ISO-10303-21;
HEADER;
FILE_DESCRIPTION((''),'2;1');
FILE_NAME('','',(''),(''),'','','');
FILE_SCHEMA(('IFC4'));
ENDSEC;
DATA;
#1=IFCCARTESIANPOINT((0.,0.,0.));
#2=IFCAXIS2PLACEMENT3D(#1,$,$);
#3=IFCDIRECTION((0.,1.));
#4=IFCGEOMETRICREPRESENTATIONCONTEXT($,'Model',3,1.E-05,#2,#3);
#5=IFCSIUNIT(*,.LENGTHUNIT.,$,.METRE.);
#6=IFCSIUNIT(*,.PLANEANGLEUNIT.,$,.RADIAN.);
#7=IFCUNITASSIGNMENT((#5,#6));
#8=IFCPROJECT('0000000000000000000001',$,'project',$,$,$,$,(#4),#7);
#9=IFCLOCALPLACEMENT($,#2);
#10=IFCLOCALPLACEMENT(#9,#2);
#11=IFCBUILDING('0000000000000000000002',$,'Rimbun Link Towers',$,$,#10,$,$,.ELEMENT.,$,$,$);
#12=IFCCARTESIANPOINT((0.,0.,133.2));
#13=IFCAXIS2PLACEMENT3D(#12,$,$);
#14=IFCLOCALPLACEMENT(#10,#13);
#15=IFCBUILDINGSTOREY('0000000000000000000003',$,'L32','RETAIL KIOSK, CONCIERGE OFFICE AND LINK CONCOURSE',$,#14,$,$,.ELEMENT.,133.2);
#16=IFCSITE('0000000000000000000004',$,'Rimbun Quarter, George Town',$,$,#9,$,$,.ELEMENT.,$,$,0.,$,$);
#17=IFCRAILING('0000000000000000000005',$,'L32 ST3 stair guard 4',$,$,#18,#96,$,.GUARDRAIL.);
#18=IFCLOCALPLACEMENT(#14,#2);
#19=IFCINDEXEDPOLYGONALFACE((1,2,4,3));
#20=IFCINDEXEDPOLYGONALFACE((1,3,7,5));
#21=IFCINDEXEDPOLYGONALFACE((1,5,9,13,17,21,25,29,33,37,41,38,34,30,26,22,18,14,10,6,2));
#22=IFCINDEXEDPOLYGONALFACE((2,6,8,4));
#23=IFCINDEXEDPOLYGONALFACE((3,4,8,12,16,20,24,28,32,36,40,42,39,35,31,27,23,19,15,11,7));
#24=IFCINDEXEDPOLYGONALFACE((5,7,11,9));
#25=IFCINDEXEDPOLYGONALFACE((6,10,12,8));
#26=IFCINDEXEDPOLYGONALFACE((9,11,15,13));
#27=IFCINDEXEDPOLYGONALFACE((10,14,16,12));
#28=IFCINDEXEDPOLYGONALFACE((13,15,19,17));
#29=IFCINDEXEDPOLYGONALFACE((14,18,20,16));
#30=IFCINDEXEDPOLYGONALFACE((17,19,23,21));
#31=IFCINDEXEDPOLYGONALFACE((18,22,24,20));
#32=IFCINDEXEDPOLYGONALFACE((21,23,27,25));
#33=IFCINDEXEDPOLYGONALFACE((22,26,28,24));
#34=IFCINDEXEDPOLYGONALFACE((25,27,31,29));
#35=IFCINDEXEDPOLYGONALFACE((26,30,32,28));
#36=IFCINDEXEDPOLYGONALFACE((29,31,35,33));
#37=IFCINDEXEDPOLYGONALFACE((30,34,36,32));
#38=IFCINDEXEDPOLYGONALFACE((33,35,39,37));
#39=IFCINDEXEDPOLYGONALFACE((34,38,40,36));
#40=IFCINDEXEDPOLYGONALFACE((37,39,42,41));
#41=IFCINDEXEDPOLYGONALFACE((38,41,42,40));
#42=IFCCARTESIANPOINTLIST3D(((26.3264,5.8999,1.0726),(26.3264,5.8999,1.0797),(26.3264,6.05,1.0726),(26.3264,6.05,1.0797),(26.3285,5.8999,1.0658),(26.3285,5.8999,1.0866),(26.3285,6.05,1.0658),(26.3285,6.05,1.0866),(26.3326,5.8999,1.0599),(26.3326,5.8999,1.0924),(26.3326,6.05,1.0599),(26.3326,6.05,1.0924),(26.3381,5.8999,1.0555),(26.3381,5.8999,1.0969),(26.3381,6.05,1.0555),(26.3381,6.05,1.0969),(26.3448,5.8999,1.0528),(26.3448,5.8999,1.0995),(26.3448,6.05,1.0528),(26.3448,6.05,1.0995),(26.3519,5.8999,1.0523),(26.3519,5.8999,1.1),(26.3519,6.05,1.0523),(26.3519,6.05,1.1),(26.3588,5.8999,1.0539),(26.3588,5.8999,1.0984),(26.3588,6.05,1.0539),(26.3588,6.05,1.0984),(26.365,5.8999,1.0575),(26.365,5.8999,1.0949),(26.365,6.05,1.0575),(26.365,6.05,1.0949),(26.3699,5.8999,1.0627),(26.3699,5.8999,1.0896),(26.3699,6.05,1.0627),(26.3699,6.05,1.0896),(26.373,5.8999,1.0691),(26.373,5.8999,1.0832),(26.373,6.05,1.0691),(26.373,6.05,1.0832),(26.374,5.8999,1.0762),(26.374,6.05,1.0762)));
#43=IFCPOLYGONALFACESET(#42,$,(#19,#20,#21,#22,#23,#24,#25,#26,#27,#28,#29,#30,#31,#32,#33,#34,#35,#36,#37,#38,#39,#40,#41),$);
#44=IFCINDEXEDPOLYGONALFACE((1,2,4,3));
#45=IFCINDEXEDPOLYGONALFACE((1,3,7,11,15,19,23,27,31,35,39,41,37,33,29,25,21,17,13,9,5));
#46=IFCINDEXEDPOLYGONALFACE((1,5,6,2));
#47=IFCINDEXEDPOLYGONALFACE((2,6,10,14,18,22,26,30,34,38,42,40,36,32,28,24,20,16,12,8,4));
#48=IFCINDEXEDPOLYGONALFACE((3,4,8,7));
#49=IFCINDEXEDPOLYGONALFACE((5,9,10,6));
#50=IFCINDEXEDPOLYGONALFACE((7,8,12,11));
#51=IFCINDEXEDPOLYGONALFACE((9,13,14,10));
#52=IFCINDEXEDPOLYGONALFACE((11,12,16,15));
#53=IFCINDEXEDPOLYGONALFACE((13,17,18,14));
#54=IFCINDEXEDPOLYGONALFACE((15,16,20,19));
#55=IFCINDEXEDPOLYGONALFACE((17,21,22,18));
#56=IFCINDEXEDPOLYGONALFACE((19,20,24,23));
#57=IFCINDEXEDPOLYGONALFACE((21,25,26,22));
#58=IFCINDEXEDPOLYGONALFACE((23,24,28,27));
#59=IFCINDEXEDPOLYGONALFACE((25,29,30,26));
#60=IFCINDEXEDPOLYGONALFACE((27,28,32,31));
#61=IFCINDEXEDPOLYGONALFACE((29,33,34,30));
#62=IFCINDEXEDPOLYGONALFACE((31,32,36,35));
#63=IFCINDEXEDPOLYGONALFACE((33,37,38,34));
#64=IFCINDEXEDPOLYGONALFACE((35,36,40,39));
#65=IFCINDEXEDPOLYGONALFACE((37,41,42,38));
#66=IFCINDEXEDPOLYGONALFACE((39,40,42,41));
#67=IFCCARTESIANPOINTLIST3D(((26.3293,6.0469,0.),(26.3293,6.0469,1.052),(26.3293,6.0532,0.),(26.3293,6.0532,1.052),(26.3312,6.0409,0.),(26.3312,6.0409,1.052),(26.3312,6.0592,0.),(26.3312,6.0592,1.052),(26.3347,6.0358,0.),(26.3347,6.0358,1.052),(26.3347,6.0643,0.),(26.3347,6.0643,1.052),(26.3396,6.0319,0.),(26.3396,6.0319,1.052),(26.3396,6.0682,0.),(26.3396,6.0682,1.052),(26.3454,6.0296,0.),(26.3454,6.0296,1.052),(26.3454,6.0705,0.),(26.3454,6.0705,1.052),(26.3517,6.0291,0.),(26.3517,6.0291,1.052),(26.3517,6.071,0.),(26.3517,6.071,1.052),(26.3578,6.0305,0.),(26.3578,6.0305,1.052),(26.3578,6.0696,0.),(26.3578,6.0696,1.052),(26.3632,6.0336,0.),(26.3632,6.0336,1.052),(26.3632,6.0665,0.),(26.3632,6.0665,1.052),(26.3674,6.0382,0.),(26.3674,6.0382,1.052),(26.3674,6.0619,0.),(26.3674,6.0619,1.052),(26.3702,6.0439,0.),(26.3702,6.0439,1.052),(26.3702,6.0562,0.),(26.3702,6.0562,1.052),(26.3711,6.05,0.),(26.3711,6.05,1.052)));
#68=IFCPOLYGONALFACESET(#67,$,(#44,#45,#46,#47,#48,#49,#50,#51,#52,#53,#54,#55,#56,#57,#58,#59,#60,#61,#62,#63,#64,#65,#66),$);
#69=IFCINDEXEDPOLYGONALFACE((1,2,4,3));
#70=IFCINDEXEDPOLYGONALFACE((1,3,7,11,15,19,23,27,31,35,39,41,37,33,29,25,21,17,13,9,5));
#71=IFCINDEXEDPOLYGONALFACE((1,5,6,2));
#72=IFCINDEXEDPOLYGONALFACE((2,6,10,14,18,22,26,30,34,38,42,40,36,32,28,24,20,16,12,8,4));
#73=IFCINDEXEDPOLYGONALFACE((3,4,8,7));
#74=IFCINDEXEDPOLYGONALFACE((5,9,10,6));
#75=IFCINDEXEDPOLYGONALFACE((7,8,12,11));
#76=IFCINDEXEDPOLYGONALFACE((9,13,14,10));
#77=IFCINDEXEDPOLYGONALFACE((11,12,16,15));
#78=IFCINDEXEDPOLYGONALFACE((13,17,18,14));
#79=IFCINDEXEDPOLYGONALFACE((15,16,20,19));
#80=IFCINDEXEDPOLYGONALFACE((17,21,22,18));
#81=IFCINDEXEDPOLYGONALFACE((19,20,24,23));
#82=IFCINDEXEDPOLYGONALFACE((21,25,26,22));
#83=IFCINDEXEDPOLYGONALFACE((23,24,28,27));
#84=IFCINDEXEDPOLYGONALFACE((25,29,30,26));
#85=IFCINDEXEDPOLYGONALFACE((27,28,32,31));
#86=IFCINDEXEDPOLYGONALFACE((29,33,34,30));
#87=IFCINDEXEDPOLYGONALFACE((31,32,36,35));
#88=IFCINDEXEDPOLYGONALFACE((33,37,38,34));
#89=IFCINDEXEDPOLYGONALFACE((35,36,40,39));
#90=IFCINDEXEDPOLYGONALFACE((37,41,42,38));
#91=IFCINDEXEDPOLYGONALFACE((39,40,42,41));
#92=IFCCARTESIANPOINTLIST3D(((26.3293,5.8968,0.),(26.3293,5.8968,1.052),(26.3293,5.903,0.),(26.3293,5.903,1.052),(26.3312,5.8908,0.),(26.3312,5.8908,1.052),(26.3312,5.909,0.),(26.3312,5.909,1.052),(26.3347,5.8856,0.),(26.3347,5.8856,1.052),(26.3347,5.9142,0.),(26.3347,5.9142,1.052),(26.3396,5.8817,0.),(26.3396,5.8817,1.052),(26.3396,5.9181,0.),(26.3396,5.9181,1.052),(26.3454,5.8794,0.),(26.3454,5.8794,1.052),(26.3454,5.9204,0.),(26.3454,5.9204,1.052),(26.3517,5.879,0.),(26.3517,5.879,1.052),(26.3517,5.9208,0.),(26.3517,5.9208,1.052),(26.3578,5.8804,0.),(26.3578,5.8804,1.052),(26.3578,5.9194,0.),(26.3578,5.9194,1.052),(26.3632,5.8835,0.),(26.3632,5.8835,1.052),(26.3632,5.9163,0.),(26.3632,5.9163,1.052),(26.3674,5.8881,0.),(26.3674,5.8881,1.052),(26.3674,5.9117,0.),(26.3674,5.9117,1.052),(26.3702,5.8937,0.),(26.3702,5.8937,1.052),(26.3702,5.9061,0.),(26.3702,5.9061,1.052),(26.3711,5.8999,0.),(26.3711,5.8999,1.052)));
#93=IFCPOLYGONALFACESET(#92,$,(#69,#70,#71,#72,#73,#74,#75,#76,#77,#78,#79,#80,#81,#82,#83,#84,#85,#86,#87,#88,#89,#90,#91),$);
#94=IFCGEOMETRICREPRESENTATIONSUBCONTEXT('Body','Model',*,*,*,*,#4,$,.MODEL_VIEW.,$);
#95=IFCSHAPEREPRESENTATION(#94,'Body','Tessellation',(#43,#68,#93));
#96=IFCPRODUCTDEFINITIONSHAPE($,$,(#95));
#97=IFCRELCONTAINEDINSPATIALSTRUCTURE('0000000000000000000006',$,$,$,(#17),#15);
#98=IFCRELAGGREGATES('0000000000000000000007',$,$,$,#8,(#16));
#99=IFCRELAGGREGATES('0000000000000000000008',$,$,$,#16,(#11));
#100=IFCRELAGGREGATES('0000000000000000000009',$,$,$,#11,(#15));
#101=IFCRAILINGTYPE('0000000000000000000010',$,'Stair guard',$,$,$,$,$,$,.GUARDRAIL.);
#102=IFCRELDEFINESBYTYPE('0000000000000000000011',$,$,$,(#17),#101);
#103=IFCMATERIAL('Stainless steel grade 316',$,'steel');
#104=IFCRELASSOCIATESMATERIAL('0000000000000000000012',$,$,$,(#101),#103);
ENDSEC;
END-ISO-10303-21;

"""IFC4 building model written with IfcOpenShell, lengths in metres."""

from ifc_helpers import new_model, si_unit, direction, frame, origin, origin_2d, place, context, subcontext, project, spatial, circle, extrude, material, type_object, element, save


model = new_model("IFC4")

# Units and contexts
model_context = context("Model", 3, precision=1e-05, world=origin(), true_north=direction((0.0, 1.0)))
body_context = subcontext(model_context, "Body", "Model", "MODEL_VIEW")
ifc_project = project(units=[si_unit("LENGTHUNIT", "METRE"), si_unit("PLANEANGLEUNIT", "RADIAN")], contexts=[model_context])

# Site, building, storey
site_placement = place(None, origin())
site = spatial("IfcSite", under=ifc_project, at=site_placement, Name="Rimbun Quarter, George Town", CompositionType="ELEMENT", RefElevation=0.0)
building_placement = place(site_placement, origin())
building = spatial("IfcBuilding", under=site, at=building_placement, Name="Rimbun Link Towers", CompositionType="ELEMENT")
storey_placement = place(building_placement, frame((0.0, 0.0, 133.2)))
storey = spatial("IfcBuildingStorey", under=building, at=storey_placement, Name="L32", Description="RETAIL KIOSK, CONCIERGE OFFICE AND LINK CONCOURSE", CompositionType="ELEMENT", Elevation=133.2)

# Railing
ifc_material_1 = material(Name="Stainless steel grade 316", Category="steel")
railing_type_1 = type_object("IfcRailingType", Name="Stair guard", PredefinedType="GUARDRAIL", material=ifc_material_1)
railing_1_placement = place(storey_placement, frame((26.3501, 6.05, 0.0)))
element("IfcRailing", 1, at=railing_1_placement, inside=storey, type_object=railing_type_1, Name="L32 ST3 stair guard 4", PredefinedType="GUARDRAIL", context=body_context, shape_type="SweptSolid", body=[
    extrude(circle(Radius=0.0239, at=origin_2d()), frame((0.0, 0.0, 1.0762), z_axis=(0.0, -1.0, 0.0), x_axis=(1.0, 0.0, 0.0)), (0.0, 0.0, 1.0), 0.1501),
    extrude(circle(Radius=0.021, at=origin_2d()), origin(), (0.0, 0.0, 1.0), 1.052),
    extrude(circle(Radius=0.021, at=origin_2d()), frame((0.0, -0.1501, 0.0)), (0.0, 0.0, 1.0), 1.052),
])

save(model, "model.ifc")
